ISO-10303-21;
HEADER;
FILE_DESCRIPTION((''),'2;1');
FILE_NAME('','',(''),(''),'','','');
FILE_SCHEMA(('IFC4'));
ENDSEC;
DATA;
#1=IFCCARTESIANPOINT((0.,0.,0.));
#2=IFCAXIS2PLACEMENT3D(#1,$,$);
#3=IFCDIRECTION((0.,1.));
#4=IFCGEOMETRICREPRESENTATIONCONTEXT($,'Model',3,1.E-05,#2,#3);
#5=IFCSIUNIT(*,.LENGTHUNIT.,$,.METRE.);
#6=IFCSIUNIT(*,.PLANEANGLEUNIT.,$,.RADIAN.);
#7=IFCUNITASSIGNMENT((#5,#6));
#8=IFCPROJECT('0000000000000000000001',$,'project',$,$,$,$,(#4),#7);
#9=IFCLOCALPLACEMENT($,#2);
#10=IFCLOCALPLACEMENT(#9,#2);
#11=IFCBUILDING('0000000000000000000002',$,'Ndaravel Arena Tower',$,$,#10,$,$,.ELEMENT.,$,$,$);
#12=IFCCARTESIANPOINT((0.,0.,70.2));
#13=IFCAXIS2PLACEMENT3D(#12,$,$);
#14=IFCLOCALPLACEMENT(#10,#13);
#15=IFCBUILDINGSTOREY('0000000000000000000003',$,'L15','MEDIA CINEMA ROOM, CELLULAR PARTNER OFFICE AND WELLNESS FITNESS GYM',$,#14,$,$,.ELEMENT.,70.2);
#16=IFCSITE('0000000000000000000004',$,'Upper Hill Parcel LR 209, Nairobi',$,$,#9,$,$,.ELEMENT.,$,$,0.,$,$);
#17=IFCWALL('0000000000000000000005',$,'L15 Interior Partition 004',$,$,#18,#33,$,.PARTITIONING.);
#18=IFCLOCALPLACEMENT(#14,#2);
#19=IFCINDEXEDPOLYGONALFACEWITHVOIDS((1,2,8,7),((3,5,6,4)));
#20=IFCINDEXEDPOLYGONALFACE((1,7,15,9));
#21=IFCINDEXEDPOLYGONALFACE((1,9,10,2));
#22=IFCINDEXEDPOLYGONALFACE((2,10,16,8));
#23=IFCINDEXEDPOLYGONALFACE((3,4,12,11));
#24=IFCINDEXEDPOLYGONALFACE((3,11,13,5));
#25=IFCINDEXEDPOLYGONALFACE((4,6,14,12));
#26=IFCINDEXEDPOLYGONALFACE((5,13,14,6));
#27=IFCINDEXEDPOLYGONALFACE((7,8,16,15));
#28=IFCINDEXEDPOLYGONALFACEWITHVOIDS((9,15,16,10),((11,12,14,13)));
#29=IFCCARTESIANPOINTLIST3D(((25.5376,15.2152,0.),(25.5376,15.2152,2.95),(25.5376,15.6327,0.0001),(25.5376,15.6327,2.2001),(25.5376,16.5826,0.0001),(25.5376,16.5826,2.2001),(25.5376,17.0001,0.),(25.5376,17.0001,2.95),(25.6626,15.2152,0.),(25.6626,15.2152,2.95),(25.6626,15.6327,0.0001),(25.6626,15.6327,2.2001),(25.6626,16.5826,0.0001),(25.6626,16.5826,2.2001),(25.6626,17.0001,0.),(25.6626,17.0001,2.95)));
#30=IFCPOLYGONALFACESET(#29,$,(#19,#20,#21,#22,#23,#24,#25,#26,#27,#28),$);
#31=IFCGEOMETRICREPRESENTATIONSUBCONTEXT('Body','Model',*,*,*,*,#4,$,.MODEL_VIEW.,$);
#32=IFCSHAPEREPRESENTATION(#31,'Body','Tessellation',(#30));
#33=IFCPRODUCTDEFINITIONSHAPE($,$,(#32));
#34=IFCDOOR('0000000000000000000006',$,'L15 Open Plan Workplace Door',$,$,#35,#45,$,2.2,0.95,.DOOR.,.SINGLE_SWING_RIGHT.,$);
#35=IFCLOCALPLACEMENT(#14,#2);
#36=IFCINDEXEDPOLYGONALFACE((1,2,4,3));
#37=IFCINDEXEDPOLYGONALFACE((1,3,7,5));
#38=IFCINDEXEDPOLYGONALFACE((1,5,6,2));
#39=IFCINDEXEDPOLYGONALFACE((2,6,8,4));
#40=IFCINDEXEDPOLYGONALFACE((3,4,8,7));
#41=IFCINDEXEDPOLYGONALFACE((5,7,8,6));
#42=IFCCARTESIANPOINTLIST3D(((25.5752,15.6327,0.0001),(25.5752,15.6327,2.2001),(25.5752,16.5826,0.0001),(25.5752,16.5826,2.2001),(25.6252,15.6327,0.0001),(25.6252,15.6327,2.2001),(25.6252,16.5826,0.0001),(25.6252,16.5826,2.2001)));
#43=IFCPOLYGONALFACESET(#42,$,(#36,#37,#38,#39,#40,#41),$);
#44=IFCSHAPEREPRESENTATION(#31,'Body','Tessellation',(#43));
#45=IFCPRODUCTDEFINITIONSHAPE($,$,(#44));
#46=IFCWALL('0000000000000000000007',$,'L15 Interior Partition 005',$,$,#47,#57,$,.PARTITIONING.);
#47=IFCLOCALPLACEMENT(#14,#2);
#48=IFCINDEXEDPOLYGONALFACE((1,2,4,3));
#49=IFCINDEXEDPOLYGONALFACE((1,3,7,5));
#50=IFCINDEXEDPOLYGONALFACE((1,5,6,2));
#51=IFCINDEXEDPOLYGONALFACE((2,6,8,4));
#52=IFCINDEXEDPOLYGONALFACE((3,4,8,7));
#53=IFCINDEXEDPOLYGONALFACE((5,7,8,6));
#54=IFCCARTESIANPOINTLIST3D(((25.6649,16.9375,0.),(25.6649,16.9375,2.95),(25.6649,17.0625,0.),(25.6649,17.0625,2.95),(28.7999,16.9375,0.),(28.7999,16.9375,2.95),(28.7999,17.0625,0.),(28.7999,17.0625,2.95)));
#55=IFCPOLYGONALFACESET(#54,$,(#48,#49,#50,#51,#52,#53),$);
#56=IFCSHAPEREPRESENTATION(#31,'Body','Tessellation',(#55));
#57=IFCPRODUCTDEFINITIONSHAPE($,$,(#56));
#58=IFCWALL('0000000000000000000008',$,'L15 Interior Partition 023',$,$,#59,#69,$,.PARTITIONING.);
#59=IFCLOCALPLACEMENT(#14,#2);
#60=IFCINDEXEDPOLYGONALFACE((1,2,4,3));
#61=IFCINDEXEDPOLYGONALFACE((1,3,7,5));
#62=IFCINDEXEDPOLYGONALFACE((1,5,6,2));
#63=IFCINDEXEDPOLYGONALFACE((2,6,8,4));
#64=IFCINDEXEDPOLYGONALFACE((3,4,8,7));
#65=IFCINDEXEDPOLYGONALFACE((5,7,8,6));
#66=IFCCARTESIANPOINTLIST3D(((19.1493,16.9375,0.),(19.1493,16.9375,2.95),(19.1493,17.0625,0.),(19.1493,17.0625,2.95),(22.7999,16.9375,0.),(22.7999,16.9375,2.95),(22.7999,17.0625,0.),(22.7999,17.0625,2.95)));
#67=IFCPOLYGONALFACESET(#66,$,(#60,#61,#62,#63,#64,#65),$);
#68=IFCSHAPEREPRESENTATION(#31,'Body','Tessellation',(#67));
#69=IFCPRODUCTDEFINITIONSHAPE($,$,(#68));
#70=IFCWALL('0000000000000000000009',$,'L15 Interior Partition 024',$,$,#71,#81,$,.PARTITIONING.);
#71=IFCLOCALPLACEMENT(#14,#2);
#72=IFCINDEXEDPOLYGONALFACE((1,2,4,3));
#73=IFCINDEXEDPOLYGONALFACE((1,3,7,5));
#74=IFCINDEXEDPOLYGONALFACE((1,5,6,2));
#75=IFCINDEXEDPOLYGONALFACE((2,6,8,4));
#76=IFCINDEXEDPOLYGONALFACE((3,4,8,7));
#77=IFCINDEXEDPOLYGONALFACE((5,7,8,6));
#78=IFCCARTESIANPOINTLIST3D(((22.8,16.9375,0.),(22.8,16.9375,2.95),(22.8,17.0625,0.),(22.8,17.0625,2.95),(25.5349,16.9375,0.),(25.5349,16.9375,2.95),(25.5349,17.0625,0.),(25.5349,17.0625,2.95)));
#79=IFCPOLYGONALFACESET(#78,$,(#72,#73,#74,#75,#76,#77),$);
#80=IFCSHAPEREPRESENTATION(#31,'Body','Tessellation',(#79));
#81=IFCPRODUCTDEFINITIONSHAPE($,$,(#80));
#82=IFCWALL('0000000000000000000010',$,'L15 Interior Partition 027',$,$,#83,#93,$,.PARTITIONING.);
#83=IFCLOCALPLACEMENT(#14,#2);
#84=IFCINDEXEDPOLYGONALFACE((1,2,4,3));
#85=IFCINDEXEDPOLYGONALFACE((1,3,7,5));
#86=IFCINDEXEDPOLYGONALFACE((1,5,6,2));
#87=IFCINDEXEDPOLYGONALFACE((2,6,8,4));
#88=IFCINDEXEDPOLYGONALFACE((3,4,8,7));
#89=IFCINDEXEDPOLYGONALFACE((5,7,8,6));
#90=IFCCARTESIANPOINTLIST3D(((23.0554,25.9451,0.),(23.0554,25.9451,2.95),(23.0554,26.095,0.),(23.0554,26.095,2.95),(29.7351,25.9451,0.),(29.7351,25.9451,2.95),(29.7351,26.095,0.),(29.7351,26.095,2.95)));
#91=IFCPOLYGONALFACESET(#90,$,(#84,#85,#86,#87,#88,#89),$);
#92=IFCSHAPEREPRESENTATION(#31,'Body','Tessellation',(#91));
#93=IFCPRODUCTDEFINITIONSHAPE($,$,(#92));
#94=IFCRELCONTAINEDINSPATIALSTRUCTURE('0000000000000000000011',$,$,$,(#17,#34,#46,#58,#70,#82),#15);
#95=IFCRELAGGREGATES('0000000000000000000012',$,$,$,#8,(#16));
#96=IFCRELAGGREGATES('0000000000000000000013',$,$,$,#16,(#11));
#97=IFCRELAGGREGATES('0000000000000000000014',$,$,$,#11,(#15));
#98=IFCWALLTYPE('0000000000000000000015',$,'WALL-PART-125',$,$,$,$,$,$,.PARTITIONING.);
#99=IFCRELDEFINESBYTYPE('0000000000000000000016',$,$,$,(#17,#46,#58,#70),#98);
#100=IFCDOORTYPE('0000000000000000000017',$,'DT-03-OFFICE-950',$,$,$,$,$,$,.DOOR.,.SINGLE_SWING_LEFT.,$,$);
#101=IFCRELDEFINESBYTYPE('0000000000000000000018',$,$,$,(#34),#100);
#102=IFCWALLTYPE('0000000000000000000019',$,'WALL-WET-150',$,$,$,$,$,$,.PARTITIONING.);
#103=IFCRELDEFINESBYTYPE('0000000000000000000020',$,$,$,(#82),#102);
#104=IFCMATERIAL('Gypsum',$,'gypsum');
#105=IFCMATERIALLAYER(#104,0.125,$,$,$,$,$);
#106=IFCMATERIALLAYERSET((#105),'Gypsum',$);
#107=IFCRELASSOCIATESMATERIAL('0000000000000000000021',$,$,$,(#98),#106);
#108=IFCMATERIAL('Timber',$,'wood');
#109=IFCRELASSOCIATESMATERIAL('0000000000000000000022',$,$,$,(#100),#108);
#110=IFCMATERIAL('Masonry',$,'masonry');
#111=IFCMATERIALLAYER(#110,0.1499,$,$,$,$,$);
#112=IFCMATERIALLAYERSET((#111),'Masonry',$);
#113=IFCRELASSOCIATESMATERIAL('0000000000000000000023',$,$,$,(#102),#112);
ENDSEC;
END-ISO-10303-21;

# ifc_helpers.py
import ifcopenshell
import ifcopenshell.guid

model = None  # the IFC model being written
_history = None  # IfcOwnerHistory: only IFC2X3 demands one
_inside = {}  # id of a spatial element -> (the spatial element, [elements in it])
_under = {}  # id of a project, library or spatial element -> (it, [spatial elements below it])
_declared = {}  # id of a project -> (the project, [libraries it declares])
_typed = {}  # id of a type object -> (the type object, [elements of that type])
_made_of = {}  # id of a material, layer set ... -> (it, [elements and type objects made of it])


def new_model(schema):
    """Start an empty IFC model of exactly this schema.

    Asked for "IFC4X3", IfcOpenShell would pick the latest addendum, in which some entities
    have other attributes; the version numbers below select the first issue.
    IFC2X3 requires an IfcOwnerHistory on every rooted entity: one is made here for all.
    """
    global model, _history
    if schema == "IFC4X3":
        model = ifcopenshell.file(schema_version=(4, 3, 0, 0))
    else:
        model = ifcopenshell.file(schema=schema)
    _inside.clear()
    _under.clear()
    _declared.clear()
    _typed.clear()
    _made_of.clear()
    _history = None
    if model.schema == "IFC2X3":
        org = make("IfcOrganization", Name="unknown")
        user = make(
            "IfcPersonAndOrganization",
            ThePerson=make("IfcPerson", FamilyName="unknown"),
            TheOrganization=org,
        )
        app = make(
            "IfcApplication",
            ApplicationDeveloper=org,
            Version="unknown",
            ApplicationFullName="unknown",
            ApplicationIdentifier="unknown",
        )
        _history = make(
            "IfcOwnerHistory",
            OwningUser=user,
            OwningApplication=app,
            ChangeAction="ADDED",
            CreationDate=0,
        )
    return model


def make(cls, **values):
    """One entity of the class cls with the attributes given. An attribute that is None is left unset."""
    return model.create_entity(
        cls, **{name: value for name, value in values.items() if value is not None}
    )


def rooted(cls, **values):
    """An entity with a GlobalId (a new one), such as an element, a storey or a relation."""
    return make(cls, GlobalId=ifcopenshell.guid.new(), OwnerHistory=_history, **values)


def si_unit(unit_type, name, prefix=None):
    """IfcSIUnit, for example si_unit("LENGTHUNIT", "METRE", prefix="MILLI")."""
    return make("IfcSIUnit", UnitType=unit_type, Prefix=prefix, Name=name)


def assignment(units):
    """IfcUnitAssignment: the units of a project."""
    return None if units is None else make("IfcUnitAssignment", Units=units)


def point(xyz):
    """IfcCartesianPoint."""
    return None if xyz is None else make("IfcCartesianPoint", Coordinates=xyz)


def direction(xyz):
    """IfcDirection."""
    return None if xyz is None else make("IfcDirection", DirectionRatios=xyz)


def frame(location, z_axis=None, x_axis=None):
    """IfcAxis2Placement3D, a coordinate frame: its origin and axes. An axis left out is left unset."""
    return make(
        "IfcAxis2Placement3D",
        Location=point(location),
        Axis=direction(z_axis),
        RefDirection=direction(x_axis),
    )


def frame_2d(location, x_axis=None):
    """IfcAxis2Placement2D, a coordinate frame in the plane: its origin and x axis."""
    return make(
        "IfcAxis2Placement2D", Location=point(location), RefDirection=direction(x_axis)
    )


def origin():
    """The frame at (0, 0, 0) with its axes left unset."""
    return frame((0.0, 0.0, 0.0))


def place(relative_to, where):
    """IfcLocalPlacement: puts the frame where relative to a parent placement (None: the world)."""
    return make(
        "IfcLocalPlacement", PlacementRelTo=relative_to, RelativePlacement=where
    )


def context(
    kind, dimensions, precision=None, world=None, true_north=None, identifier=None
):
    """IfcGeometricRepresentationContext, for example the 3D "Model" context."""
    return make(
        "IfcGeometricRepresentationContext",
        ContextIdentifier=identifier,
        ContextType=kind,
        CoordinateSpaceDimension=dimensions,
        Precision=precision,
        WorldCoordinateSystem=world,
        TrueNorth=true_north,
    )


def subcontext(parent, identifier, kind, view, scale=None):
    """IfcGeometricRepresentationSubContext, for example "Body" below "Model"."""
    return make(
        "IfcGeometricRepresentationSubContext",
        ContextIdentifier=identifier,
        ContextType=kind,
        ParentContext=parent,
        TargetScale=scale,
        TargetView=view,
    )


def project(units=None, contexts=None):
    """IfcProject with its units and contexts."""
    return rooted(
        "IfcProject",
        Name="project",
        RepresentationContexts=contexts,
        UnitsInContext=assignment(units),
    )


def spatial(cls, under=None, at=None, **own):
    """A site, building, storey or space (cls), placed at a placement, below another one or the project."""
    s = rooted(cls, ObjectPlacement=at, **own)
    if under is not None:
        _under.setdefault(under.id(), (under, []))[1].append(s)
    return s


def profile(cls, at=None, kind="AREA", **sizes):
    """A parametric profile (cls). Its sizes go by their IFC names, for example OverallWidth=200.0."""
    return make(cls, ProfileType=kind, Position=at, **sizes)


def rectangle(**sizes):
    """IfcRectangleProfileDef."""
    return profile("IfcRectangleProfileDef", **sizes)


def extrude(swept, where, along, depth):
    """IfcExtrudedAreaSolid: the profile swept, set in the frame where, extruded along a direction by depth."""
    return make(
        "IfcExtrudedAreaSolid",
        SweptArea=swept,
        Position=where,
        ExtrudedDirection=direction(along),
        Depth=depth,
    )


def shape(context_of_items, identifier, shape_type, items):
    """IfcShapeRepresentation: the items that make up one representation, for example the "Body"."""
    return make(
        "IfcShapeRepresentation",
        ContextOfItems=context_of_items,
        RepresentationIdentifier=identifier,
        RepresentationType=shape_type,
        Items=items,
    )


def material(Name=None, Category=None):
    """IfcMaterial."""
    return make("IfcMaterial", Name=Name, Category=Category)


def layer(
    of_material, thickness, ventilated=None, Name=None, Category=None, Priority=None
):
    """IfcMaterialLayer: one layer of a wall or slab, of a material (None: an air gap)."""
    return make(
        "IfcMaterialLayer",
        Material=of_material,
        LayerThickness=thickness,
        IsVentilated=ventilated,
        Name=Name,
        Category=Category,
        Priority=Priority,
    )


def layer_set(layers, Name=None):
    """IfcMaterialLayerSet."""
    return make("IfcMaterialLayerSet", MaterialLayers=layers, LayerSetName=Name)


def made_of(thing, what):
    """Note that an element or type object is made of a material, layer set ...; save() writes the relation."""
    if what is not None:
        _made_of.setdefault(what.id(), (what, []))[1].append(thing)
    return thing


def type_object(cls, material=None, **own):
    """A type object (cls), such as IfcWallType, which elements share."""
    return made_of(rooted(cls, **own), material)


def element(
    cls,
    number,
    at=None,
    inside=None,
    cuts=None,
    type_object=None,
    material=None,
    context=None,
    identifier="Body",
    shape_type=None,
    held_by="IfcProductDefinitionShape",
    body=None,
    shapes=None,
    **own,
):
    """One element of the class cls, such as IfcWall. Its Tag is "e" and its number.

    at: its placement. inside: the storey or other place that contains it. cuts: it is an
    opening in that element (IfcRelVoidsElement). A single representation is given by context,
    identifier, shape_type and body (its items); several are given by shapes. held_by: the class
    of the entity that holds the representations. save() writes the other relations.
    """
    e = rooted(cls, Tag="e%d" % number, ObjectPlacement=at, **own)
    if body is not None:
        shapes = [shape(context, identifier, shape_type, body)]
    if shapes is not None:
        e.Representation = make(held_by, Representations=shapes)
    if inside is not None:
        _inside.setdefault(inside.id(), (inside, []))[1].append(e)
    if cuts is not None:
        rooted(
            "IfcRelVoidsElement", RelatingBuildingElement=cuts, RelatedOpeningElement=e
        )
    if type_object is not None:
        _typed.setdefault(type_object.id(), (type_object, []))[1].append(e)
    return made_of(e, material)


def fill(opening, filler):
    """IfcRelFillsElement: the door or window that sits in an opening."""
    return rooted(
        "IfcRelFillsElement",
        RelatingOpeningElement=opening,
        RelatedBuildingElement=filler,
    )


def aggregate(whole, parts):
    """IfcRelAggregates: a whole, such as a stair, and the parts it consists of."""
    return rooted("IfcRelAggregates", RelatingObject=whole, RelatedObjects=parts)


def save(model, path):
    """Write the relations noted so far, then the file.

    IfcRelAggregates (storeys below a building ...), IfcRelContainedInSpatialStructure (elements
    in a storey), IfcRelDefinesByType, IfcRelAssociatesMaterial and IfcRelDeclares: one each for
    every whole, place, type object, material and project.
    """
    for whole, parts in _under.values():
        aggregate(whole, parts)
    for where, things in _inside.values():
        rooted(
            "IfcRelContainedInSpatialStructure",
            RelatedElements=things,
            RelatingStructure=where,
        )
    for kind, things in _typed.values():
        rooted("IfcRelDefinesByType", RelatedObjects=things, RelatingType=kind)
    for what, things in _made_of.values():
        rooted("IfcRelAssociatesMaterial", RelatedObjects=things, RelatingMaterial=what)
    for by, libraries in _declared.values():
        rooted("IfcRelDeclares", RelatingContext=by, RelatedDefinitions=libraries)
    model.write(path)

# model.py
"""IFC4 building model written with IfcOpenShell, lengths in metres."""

from ifc_helpers import new_model, si_unit, direction, frame, frame_2d, origin, place, context, subcontext, project, spatial, rectangle, extrude, material, layer, layer_set, type_object, element, fill, save


model = new_model("IFC4")

# Units and contexts
model_context = context("Model", 3, precision=1e-05, world=origin(), true_north=direction((0.0, 1.0)))
body_context = subcontext(model_context, "Body", "Model", "MODEL_VIEW")
ifc_project = project(units=[si_unit("LENGTHUNIT", "METRE"), si_unit("PLANEANGLEUNIT", "RADIAN")], contexts=[model_context])

# Site, building, storey
site_placement = place(None, origin())
site = spatial("IfcSite", under=ifc_project, at=site_placement, Name="Upper Hill Parcel LR 209, Nairobi", CompositionType="ELEMENT", RefElevation=0.0)
building_placement = place(site_placement, origin())
building = spatial("IfcBuilding", under=site, at=building_placement, Name="Ndaravel Arena Tower", CompositionType="ELEMENT")
storey_placement = place(building_placement, frame((0.0, 0.0, 70.2)))
storey = spatial("IfcBuildingStorey", under=building, at=storey_placement, Name="L15", Description="MEDIA CINEMA ROOM, CELLULAR PARTNER OFFICE AND WELLNESS FITNESS GYM", CompositionType="ELEMENT", Elevation=70.2)

# Wall, opening, door
ifc_material_1 = material(Name="Gypsum", Category="gypsum")
ifc_layer_1 = layer(ifc_material_1, 0.125)
ifc_layer_set_1 = layer_set([ifc_layer_1], Name="Gypsum")
wall_type_1 = type_object("IfcWallType", Name="WALL-PART-125", PredefinedType="PARTITIONING", material=ifc_layer_set_1)
wall_1_placement = place(storey_placement, frame((25.6001, 15.2151, 0.0), z_axis=(0.0, 0.0, 1.0), x_axis=(0.0, 1.0, 0.0)))
wall_1 = element("IfcWall", 1, at=wall_1_placement, inside=storey, type_object=wall_type_1, Name="L15 Interior Partition 004", PredefinedType="PARTITIONING", context=body_context, shape_type="SweptSolid", body=[
    extrude(rectangle(XDim=1.7849, YDim=0.125, at=frame_2d((0.8926, 0.0))), origin(), (0.0, 0.0, 1.0), 2.95),
])
opening_placement = place(wall_1_placement, frame((0.4175, 0.0, 0.0)))
opening = element("IfcOpeningElement", 2, at=opening_placement, cuts=wall_1, PredefinedType="OPENING", context=body_context, shape_type="SweptSolid", body=[
    extrude(rectangle(XDim=0.95, YDim=2.2, at=frame_2d((0.4751, 1.1001))), frame((0.0, 0.0625, 0.0), z_axis=(0.0, -1.0, 0.0), x_axis=(1.0, 0.0, 0.0)), (0.0, 0.0, 1.0), 0.125),
])
ifc_material_2 = material(Name="Timber", Category="wood")
door_type = type_object("IfcDoorType", Name="DT-03-OFFICE-950", OperationType="SINGLE_SWING_LEFT", PredefinedType="DOOR", material=ifc_material_2)
door_placement = place(opening_placement, origin())
door = element("IfcDoor", 3, at=door_placement, inside=storey, type_object=door_type, Name="L15 Open Plan Workplace Door", OperationType="SINGLE_SWING_RIGHT", OverallHeight=2.2, OverallWidth=0.95, PredefinedType="DOOR", context=body_context, shape_type="SweptSolid", body=[
    extrude(rectangle(XDim=0.95, YDim=2.2, at=frame_2d((0.4751, 1.1001))), frame((0.0, 0.0249, 0.0), z_axis=(0.0, -1.0, 0.0), x_axis=(1.0, 0.0, 0.0)), (0.0, 0.0, 1.0), 0.05),
])
fill(opening, door)

# Walls
wall_2_placement = place(storey_placement, frame((25.665, 17.0, 0.0), z_axis=(0.0, 0.0, 1.0), x_axis=(1.0, 0.0, 0.0)))
element("IfcWall", 4, at=wall_2_placement, inside=storey, type_object=wall_type_1, Name="L15 Interior Partition 005", PredefinedType="PARTITIONING", context=body_context, shape_type="SweptSolid", body=[
    extrude(rectangle(XDim=3.135, YDim=0.125, at=frame_2d((1.5674, 0.0))), origin(), (0.0, 0.0, 1.0), 2.95),
])
wall_3_placement = place(storey_placement, frame((19.1494, 17.0, 0.0), z_axis=(0.0, 0.0, 1.0), x_axis=(1.0, 0.0, 0.0)))
element("IfcWall", 5, at=wall_3_placement, inside=storey, type_object=wall_type_1, Name="L15 Interior Partition 023", PredefinedType="PARTITIONING", context=body_context, shape_type="SweptSolid", body=[
    extrude(rectangle(XDim=3.6506, YDim=0.125, at=frame_2d((1.8252, 0.0))), origin(), (0.0, 0.0, 1.0), 2.95),
])
wall_4_placement = place(storey_placement, frame((22.8, 17.0, 0.0), z_axis=(0.0, 0.0, 1.0), x_axis=(1.0, 0.0, 0.0)))
element("IfcWall", 6, at=wall_4_placement, inside=storey, type_object=wall_type_1, Name="L15 Interior Partition 024", PredefinedType="PARTITIONING", context=body_context, shape_type="SweptSolid", body=[
    extrude(rectangle(XDim=2.7349, YDim=0.125, at=frame_2d((1.3674, 0.0))), origin(), (0.0, 0.0, 1.0), 2.95),
])
ifc_material_3 = material(Name="Masonry", Category="masonry")
ifc_layer_2 = layer(ifc_material_3, 0.1499)
ifc_layer_set_2 = layer_set([ifc_layer_2], Name="Masonry")
wall_type_2 = type_object("IfcWallType", Name="WALL-WET-150", PredefinedType="PARTITIONING", material=ifc_layer_set_2)
wall_5_placement = place(storey_placement, frame((23.0554, 26.02, 0.0), z_axis=(0.0, 0.0, 1.0), x_axis=(1.0, 0.0, 0.0)))
element("IfcWall", 7, at=wall_5_placement, inside=storey, type_object=wall_type_2, Name="L15 Interior Partition 027", PredefinedType="PARTITIONING", context=body_context, shape_type="SweptSolid", body=[
    extrude(rectangle(XDim=6.6797, YDim=0.1499, at=frame_2d((3.3398, 0.0))), origin(), (0.0, 0.0, 1.0), 2.95),
])

save(model, "model.ifc")
